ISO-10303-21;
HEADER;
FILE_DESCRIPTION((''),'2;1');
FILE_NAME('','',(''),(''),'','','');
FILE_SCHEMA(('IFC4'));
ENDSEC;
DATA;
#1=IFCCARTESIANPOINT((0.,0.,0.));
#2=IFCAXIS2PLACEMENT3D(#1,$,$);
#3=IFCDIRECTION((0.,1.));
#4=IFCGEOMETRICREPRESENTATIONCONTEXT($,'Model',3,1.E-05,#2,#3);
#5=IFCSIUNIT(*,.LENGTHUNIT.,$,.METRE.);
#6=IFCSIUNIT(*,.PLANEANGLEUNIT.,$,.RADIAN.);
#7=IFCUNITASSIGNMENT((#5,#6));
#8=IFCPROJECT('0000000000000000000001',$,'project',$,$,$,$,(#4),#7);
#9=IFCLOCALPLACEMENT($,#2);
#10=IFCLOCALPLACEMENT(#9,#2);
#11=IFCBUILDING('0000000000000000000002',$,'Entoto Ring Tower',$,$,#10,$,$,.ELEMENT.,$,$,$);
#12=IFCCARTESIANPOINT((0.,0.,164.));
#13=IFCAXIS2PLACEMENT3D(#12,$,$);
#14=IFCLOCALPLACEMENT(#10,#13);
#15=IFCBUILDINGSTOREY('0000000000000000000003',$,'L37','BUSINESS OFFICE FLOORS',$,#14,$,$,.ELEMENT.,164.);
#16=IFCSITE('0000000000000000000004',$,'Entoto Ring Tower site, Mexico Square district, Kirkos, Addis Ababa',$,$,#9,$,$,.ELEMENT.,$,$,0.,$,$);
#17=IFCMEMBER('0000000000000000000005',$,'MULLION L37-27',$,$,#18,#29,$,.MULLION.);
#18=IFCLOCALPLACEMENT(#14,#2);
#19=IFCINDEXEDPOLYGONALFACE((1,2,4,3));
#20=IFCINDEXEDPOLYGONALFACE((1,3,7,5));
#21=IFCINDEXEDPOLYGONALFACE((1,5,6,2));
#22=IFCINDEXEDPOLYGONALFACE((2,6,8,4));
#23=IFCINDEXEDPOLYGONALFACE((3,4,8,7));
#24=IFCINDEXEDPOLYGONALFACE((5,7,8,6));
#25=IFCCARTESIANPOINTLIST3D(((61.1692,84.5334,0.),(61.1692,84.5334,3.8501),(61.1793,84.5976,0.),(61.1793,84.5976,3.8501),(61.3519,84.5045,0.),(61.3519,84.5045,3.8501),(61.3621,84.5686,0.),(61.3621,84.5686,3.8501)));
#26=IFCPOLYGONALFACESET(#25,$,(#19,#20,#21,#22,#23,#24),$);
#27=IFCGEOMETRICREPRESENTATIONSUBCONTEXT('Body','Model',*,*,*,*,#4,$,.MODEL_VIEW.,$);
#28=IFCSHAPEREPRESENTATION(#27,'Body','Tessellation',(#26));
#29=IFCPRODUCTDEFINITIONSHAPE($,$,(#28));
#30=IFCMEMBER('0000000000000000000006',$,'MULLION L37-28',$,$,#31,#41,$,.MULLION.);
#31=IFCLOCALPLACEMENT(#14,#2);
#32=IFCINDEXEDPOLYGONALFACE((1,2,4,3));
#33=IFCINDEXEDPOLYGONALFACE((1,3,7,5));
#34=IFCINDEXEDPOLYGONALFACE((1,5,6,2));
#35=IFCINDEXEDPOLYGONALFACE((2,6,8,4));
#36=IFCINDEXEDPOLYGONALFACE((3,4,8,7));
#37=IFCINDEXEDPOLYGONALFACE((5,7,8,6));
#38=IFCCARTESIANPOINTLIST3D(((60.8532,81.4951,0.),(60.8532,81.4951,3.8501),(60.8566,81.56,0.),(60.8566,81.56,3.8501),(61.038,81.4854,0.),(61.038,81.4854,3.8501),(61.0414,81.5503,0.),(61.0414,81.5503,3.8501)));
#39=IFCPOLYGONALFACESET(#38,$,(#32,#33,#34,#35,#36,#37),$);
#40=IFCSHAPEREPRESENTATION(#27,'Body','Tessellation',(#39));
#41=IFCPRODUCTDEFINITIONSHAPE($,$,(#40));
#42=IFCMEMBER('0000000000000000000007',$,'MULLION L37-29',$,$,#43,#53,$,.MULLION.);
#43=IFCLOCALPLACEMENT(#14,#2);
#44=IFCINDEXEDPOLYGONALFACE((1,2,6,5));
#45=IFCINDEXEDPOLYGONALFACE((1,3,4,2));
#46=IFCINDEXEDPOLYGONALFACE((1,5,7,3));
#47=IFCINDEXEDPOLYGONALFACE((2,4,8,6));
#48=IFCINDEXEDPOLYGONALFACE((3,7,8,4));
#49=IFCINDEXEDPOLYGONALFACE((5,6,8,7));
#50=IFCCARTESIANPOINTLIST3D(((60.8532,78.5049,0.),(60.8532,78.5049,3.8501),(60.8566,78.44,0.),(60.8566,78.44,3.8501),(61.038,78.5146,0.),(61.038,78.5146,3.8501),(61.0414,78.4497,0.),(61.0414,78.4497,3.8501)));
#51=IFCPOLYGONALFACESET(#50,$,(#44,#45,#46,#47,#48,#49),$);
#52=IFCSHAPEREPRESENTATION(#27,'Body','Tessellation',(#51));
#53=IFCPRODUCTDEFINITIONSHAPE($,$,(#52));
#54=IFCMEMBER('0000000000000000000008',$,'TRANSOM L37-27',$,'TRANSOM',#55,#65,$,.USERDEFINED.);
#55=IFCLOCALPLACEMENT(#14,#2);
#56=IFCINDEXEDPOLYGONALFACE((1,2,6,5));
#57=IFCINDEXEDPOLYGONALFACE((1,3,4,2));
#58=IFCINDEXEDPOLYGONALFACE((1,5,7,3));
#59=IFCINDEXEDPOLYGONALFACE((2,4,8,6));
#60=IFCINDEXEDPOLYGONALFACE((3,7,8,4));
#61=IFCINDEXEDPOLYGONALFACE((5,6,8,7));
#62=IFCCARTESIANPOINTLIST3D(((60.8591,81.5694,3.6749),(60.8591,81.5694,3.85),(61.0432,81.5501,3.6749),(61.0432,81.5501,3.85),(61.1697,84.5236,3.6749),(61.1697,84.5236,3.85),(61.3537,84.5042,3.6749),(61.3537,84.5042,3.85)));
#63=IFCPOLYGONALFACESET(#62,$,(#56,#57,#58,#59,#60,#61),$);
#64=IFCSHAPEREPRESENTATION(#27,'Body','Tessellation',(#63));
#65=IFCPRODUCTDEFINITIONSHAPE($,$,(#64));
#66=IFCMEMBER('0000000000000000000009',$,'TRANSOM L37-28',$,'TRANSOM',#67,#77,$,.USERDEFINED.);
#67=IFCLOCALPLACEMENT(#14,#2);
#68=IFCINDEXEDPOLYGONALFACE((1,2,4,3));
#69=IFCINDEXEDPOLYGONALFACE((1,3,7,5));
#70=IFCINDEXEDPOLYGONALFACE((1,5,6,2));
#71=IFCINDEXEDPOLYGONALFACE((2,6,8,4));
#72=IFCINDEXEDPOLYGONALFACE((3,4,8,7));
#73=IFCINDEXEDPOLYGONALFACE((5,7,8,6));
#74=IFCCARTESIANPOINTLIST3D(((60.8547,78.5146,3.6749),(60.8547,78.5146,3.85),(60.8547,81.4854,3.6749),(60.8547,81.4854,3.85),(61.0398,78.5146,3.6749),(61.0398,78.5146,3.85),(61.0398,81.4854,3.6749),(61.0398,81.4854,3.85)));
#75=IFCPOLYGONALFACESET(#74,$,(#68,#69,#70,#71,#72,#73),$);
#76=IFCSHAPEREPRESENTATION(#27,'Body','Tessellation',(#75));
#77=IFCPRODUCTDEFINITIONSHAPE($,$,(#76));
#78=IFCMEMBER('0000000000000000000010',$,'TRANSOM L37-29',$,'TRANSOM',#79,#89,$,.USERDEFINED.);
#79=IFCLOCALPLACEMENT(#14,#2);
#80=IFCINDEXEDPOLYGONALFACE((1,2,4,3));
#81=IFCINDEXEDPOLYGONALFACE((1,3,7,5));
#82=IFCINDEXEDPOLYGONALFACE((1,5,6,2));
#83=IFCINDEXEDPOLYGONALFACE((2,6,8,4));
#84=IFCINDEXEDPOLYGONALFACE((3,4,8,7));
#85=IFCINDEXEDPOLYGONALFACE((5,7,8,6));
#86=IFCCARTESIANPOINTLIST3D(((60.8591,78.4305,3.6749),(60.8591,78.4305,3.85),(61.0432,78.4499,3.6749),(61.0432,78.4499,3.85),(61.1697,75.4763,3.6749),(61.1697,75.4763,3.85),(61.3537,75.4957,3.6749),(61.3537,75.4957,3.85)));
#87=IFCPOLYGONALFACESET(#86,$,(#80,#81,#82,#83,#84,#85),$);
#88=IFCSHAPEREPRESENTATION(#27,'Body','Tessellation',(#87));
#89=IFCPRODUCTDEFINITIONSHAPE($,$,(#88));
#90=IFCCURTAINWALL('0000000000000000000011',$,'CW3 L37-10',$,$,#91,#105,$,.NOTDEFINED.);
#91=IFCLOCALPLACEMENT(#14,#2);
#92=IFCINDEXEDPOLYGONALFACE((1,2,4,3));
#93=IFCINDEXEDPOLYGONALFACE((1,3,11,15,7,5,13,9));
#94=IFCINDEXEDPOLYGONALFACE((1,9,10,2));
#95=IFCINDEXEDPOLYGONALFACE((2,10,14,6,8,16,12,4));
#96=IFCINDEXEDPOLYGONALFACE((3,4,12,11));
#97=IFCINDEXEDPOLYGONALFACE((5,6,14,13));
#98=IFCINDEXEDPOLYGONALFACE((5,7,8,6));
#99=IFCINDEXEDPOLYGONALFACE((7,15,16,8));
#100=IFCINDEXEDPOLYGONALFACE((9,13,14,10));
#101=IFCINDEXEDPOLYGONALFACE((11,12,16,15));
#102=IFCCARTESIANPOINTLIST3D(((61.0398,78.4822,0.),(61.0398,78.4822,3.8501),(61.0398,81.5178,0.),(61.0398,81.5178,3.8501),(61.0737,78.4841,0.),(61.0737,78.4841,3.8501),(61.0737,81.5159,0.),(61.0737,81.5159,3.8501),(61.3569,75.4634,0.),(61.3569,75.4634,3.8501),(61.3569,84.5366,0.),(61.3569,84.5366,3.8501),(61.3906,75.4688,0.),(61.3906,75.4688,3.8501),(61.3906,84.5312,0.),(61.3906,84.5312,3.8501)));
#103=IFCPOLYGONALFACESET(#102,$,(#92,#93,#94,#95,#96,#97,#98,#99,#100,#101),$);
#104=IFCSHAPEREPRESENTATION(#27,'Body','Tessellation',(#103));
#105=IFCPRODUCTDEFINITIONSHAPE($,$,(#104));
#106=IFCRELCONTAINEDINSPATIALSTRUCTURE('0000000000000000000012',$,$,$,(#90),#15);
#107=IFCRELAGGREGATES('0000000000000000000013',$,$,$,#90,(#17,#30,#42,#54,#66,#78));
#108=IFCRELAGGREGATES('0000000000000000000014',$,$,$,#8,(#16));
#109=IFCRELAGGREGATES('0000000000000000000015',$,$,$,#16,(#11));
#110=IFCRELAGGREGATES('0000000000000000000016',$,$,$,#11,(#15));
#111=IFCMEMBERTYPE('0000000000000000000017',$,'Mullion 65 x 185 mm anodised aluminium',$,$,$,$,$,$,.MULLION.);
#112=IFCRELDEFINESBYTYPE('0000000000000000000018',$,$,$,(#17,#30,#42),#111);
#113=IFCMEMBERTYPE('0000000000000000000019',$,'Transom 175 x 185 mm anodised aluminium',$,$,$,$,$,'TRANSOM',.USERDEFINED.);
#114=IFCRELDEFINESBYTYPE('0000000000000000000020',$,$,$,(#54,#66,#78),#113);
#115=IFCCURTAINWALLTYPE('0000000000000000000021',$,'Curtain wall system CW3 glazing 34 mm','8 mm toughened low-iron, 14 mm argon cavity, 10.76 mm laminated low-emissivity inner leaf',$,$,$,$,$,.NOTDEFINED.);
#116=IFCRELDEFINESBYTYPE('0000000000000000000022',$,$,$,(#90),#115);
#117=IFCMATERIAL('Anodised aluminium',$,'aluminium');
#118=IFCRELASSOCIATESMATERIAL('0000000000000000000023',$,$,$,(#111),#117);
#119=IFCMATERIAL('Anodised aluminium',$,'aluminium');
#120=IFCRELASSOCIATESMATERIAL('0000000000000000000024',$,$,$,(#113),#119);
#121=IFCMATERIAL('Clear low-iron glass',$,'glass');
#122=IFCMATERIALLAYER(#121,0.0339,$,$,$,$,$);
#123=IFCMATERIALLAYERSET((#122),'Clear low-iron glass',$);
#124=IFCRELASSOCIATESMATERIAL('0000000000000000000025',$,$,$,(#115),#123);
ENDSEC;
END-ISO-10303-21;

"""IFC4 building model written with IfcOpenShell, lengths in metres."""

from ifc_helpers import new_model, si_unit, direction, frame, origin, origin_2d, place, context, subcontext, project, spatial, polyline, rectangle, outline, extrude, material, layer, layer_set, material_profile, profile_set, type_object, element, aggregate, save


model = new_model("IFC4")

# Units and contexts
model_context = context("Model", 3, precision=1e-05, world=origin(), true_north=direction((0.0, 1.0)))
body_context = subcontext(model_context, "Body", "Model", "MODEL_VIEW")
ifc_project = project(units=[si_unit("LENGTHUNIT", "METRE"), si_unit("PLANEANGLEUNIT", "RADIAN")], contexts=[model_context])

# Members
ifc_material_1 = material(Name="Anodised aluminium", Category="aluminium")
ifc_material_profile_1 = material_profile(ifc_material_1, rectangle(XDim=0.0649, YDim=0.1851, at=origin_2d()), Name="Mullion 65 x 185 mm anodised aluminium")
ifc_profile_set_1 = profile_set([ifc_material_profile_1], Name="Anodised aluminium")
member_type_1 = type_object("IfcMemberType", Name="Mullion 65 x 185 mm anodised aluminium", PredefinedType="MULLION", material=ifc_profile_set_1)
site_placement = place(None, origin())
building_placement = place(site_placement, origin())
storey_placement = place(building_placement, frame((0.0, 0.0, 164.0)))
member_1_placement = place(storey_placement, frame((61.2656, 84.551, 0.0), z_axis=(0.0, 0.0, 1.0), x_axis=(-0.156434, -0.987688, 0.0)))
member_1 = element("IfcMember", 1, at=member_1_placement, type_object=member_type_1, Name="MULLION L37-27", PredefinedType="MULLION", context=body_context, shape_type="SweptSolid", body=[
    extrude(rectangle(XDim=0.0649, YDim=0.1851, at=origin_2d()), origin(), (0.0, 0.0, 1.0), 3.8501),
])
member_2_placement = place(storey_placement, frame((60.9473, 81.5227, 0.0), z_axis=(0.0, 0.0, 1.0), x_axis=(-0.052336, -0.99863, 0.0)))
member_2 = element("IfcMember", 2, at=member_2_placement, type_object=member_type_1, Name="MULLION L37-28", PredefinedType="MULLION", context=body_context, shape_type="SweptSolid", body=[
    extrude(rectangle(XDim=0.0649, YDim=0.1851, at=origin_2d()), origin(), (0.0, 0.0, 1.0), 3.8501),
])
member_3_placement = place(storey_placement, frame((60.9473, 78.4773, 0.0), z_axis=(0.0, 0.0, 1.0), x_axis=(0.052336, -0.99863, 0.0)))
member_3 = element("IfcMember", 3, at=member_3_placement, type_object=member_type_1, Name="MULLION L37-29", PredefinedType="MULLION", context=body_context, shape_type="SweptSolid", body=[
    extrude(rectangle(XDim=0.0649, YDim=0.1851, at=origin_2d()), origin(), (0.0, 0.0, 1.0), 3.8501),
])
ifc_material_2 = material(Name="Anodised aluminium", Category="aluminium")
ifc_material_profile_2 = material_profile(ifc_material_2, rectangle(XDim=0.1851, YDim=0.175, at=origin_2d()), Name="Transom 175 x 185 mm anodised aluminium")
ifc_profile_set_2 = profile_set([ifc_material_profile_2], Name="Anodised aluminium")
member_type_2 = type_object("IfcMemberType", Name="Transom 175 x 185 mm anodised aluminium", ElementType="TRANSOM", PredefinedType="USERDEFINED", material=ifc_profile_set_2)
member_4_placement = place(storey_placement, frame((61.2617, 84.5139, 3.7625), z_axis=(-0.104548, -0.99452, 0.0), x_axis=(0.99452, -0.104548, 0.0)))
member_4 = element("IfcMember", 4, at=member_4_placement, type_object=member_type_2, Name="TRANSOM L37-27", ObjectType="TRANSOM", PredefinedType="USERDEFINED", context=body_context, shape_type="SweptSolid", body=[
    extrude(rectangle(XDim=0.1851, YDim=0.175, at=origin_2d()), origin(), (0.0, 0.0, 1.0), 2.9705),
])
member_5_placement = place(storey_placement, frame((60.9473, 81.4854, 3.7625), z_axis=(0.0, -1.0, 0.0), x_axis=(1.0, 0.0, 0.0)))
member_5 = element("IfcMember", 5, at=member_5_placement, type_object=member_type_2, Name="TRANSOM L37-28", ObjectType="TRANSOM", PredefinedType="USERDEFINED", context=body_context, shape_type="SweptSolid", body=[
    extrude(rectangle(XDim=0.1851, YDim=0.175, at=origin_2d()), origin(), (0.0, 0.0, 1.0), 2.9707),
])
member_6_placement = place(storey_placement, frame((60.9512, 78.4402, 3.7625), z_axis=(0.104548, -0.99452, 0.0), x_axis=(0.99452, 0.104548, 0.0)))
member_6 = element("IfcMember", 6, at=member_6_placement, type_object=member_type_2, Name="TRANSOM L37-29", ObjectType="TRANSOM", PredefinedType="USERDEFINED", context=body_context, shape_type="SweptSolid", body=[
    extrude(rectangle(XDim=0.1851, YDim=0.175, at=origin_2d()), origin(), (0.0, 0.0, 1.0), 2.9705),
])

# Site, building, storey
site = spatial("IfcSite", under=ifc_project, at=site_placement, Name="Entoto Ring Tower site, Mexico Square district, Kirkos, Addis Ababa", CompositionType="ELEMENT", RefElevation=0.0)
building = spatial("IfcBuilding", under=site, at=building_placement, Name="Entoto Ring Tower", CompositionType="ELEMENT")
storey = spatial("IfcBuildingStorey", under=building, at=storey_placement, Name="L37", Description="BUSINESS OFFICE FLOORS", CompositionType="ELEMENT", Elevation=164.0)

# Curtain wall
ifc_material_3 = material(Name="Clear low-iron glass", Category="glass")
ifc_layer = layer(ifc_material_3, 0.0339)
ifc_layer_set = layer_set([ifc_layer], Name="Clear low-iron glass")
curtain_wall_type = type_object("IfcCurtainWallType", Name="Curtain wall system CW3 glazing 34 mm", Description="8 mm toughened low-iron, 14 mm argon cavity, 10.76 mm laminated low-emissivity inner leaf", PredefinedType="NOTDEFINED", material=ifc_layer_set)
curtain_wall_1_placement = place(storey_placement, origin())
curtain_wall_1 = element("IfcCurtainWall", 7, at=curtain_wall_1_placement, inside=storey, type_object=curtain_wall_type, Name="CW3 L37-10", PredefinedType="NOTDEFINED", context=body_context, shape_type="SweptSolid", body=[
    extrude(outline(polyline([(61.3569, 84.5366), (61.0398, 81.5178), (61.0398, 78.4822), (61.3569, 75.4634), (61.3906, 75.4688), (61.0737, 78.4841), (61.0737, 81.5159), (61.3906, 84.5312), (61.3569, 84.5366)])), origin(), (0.0, 0.0, 1.0), 3.8501),
])
aggregate(curtain_wall_1, [member_1, member_2, member_3, member_4, member_5, member_6])

save(model, "model.ifc")
